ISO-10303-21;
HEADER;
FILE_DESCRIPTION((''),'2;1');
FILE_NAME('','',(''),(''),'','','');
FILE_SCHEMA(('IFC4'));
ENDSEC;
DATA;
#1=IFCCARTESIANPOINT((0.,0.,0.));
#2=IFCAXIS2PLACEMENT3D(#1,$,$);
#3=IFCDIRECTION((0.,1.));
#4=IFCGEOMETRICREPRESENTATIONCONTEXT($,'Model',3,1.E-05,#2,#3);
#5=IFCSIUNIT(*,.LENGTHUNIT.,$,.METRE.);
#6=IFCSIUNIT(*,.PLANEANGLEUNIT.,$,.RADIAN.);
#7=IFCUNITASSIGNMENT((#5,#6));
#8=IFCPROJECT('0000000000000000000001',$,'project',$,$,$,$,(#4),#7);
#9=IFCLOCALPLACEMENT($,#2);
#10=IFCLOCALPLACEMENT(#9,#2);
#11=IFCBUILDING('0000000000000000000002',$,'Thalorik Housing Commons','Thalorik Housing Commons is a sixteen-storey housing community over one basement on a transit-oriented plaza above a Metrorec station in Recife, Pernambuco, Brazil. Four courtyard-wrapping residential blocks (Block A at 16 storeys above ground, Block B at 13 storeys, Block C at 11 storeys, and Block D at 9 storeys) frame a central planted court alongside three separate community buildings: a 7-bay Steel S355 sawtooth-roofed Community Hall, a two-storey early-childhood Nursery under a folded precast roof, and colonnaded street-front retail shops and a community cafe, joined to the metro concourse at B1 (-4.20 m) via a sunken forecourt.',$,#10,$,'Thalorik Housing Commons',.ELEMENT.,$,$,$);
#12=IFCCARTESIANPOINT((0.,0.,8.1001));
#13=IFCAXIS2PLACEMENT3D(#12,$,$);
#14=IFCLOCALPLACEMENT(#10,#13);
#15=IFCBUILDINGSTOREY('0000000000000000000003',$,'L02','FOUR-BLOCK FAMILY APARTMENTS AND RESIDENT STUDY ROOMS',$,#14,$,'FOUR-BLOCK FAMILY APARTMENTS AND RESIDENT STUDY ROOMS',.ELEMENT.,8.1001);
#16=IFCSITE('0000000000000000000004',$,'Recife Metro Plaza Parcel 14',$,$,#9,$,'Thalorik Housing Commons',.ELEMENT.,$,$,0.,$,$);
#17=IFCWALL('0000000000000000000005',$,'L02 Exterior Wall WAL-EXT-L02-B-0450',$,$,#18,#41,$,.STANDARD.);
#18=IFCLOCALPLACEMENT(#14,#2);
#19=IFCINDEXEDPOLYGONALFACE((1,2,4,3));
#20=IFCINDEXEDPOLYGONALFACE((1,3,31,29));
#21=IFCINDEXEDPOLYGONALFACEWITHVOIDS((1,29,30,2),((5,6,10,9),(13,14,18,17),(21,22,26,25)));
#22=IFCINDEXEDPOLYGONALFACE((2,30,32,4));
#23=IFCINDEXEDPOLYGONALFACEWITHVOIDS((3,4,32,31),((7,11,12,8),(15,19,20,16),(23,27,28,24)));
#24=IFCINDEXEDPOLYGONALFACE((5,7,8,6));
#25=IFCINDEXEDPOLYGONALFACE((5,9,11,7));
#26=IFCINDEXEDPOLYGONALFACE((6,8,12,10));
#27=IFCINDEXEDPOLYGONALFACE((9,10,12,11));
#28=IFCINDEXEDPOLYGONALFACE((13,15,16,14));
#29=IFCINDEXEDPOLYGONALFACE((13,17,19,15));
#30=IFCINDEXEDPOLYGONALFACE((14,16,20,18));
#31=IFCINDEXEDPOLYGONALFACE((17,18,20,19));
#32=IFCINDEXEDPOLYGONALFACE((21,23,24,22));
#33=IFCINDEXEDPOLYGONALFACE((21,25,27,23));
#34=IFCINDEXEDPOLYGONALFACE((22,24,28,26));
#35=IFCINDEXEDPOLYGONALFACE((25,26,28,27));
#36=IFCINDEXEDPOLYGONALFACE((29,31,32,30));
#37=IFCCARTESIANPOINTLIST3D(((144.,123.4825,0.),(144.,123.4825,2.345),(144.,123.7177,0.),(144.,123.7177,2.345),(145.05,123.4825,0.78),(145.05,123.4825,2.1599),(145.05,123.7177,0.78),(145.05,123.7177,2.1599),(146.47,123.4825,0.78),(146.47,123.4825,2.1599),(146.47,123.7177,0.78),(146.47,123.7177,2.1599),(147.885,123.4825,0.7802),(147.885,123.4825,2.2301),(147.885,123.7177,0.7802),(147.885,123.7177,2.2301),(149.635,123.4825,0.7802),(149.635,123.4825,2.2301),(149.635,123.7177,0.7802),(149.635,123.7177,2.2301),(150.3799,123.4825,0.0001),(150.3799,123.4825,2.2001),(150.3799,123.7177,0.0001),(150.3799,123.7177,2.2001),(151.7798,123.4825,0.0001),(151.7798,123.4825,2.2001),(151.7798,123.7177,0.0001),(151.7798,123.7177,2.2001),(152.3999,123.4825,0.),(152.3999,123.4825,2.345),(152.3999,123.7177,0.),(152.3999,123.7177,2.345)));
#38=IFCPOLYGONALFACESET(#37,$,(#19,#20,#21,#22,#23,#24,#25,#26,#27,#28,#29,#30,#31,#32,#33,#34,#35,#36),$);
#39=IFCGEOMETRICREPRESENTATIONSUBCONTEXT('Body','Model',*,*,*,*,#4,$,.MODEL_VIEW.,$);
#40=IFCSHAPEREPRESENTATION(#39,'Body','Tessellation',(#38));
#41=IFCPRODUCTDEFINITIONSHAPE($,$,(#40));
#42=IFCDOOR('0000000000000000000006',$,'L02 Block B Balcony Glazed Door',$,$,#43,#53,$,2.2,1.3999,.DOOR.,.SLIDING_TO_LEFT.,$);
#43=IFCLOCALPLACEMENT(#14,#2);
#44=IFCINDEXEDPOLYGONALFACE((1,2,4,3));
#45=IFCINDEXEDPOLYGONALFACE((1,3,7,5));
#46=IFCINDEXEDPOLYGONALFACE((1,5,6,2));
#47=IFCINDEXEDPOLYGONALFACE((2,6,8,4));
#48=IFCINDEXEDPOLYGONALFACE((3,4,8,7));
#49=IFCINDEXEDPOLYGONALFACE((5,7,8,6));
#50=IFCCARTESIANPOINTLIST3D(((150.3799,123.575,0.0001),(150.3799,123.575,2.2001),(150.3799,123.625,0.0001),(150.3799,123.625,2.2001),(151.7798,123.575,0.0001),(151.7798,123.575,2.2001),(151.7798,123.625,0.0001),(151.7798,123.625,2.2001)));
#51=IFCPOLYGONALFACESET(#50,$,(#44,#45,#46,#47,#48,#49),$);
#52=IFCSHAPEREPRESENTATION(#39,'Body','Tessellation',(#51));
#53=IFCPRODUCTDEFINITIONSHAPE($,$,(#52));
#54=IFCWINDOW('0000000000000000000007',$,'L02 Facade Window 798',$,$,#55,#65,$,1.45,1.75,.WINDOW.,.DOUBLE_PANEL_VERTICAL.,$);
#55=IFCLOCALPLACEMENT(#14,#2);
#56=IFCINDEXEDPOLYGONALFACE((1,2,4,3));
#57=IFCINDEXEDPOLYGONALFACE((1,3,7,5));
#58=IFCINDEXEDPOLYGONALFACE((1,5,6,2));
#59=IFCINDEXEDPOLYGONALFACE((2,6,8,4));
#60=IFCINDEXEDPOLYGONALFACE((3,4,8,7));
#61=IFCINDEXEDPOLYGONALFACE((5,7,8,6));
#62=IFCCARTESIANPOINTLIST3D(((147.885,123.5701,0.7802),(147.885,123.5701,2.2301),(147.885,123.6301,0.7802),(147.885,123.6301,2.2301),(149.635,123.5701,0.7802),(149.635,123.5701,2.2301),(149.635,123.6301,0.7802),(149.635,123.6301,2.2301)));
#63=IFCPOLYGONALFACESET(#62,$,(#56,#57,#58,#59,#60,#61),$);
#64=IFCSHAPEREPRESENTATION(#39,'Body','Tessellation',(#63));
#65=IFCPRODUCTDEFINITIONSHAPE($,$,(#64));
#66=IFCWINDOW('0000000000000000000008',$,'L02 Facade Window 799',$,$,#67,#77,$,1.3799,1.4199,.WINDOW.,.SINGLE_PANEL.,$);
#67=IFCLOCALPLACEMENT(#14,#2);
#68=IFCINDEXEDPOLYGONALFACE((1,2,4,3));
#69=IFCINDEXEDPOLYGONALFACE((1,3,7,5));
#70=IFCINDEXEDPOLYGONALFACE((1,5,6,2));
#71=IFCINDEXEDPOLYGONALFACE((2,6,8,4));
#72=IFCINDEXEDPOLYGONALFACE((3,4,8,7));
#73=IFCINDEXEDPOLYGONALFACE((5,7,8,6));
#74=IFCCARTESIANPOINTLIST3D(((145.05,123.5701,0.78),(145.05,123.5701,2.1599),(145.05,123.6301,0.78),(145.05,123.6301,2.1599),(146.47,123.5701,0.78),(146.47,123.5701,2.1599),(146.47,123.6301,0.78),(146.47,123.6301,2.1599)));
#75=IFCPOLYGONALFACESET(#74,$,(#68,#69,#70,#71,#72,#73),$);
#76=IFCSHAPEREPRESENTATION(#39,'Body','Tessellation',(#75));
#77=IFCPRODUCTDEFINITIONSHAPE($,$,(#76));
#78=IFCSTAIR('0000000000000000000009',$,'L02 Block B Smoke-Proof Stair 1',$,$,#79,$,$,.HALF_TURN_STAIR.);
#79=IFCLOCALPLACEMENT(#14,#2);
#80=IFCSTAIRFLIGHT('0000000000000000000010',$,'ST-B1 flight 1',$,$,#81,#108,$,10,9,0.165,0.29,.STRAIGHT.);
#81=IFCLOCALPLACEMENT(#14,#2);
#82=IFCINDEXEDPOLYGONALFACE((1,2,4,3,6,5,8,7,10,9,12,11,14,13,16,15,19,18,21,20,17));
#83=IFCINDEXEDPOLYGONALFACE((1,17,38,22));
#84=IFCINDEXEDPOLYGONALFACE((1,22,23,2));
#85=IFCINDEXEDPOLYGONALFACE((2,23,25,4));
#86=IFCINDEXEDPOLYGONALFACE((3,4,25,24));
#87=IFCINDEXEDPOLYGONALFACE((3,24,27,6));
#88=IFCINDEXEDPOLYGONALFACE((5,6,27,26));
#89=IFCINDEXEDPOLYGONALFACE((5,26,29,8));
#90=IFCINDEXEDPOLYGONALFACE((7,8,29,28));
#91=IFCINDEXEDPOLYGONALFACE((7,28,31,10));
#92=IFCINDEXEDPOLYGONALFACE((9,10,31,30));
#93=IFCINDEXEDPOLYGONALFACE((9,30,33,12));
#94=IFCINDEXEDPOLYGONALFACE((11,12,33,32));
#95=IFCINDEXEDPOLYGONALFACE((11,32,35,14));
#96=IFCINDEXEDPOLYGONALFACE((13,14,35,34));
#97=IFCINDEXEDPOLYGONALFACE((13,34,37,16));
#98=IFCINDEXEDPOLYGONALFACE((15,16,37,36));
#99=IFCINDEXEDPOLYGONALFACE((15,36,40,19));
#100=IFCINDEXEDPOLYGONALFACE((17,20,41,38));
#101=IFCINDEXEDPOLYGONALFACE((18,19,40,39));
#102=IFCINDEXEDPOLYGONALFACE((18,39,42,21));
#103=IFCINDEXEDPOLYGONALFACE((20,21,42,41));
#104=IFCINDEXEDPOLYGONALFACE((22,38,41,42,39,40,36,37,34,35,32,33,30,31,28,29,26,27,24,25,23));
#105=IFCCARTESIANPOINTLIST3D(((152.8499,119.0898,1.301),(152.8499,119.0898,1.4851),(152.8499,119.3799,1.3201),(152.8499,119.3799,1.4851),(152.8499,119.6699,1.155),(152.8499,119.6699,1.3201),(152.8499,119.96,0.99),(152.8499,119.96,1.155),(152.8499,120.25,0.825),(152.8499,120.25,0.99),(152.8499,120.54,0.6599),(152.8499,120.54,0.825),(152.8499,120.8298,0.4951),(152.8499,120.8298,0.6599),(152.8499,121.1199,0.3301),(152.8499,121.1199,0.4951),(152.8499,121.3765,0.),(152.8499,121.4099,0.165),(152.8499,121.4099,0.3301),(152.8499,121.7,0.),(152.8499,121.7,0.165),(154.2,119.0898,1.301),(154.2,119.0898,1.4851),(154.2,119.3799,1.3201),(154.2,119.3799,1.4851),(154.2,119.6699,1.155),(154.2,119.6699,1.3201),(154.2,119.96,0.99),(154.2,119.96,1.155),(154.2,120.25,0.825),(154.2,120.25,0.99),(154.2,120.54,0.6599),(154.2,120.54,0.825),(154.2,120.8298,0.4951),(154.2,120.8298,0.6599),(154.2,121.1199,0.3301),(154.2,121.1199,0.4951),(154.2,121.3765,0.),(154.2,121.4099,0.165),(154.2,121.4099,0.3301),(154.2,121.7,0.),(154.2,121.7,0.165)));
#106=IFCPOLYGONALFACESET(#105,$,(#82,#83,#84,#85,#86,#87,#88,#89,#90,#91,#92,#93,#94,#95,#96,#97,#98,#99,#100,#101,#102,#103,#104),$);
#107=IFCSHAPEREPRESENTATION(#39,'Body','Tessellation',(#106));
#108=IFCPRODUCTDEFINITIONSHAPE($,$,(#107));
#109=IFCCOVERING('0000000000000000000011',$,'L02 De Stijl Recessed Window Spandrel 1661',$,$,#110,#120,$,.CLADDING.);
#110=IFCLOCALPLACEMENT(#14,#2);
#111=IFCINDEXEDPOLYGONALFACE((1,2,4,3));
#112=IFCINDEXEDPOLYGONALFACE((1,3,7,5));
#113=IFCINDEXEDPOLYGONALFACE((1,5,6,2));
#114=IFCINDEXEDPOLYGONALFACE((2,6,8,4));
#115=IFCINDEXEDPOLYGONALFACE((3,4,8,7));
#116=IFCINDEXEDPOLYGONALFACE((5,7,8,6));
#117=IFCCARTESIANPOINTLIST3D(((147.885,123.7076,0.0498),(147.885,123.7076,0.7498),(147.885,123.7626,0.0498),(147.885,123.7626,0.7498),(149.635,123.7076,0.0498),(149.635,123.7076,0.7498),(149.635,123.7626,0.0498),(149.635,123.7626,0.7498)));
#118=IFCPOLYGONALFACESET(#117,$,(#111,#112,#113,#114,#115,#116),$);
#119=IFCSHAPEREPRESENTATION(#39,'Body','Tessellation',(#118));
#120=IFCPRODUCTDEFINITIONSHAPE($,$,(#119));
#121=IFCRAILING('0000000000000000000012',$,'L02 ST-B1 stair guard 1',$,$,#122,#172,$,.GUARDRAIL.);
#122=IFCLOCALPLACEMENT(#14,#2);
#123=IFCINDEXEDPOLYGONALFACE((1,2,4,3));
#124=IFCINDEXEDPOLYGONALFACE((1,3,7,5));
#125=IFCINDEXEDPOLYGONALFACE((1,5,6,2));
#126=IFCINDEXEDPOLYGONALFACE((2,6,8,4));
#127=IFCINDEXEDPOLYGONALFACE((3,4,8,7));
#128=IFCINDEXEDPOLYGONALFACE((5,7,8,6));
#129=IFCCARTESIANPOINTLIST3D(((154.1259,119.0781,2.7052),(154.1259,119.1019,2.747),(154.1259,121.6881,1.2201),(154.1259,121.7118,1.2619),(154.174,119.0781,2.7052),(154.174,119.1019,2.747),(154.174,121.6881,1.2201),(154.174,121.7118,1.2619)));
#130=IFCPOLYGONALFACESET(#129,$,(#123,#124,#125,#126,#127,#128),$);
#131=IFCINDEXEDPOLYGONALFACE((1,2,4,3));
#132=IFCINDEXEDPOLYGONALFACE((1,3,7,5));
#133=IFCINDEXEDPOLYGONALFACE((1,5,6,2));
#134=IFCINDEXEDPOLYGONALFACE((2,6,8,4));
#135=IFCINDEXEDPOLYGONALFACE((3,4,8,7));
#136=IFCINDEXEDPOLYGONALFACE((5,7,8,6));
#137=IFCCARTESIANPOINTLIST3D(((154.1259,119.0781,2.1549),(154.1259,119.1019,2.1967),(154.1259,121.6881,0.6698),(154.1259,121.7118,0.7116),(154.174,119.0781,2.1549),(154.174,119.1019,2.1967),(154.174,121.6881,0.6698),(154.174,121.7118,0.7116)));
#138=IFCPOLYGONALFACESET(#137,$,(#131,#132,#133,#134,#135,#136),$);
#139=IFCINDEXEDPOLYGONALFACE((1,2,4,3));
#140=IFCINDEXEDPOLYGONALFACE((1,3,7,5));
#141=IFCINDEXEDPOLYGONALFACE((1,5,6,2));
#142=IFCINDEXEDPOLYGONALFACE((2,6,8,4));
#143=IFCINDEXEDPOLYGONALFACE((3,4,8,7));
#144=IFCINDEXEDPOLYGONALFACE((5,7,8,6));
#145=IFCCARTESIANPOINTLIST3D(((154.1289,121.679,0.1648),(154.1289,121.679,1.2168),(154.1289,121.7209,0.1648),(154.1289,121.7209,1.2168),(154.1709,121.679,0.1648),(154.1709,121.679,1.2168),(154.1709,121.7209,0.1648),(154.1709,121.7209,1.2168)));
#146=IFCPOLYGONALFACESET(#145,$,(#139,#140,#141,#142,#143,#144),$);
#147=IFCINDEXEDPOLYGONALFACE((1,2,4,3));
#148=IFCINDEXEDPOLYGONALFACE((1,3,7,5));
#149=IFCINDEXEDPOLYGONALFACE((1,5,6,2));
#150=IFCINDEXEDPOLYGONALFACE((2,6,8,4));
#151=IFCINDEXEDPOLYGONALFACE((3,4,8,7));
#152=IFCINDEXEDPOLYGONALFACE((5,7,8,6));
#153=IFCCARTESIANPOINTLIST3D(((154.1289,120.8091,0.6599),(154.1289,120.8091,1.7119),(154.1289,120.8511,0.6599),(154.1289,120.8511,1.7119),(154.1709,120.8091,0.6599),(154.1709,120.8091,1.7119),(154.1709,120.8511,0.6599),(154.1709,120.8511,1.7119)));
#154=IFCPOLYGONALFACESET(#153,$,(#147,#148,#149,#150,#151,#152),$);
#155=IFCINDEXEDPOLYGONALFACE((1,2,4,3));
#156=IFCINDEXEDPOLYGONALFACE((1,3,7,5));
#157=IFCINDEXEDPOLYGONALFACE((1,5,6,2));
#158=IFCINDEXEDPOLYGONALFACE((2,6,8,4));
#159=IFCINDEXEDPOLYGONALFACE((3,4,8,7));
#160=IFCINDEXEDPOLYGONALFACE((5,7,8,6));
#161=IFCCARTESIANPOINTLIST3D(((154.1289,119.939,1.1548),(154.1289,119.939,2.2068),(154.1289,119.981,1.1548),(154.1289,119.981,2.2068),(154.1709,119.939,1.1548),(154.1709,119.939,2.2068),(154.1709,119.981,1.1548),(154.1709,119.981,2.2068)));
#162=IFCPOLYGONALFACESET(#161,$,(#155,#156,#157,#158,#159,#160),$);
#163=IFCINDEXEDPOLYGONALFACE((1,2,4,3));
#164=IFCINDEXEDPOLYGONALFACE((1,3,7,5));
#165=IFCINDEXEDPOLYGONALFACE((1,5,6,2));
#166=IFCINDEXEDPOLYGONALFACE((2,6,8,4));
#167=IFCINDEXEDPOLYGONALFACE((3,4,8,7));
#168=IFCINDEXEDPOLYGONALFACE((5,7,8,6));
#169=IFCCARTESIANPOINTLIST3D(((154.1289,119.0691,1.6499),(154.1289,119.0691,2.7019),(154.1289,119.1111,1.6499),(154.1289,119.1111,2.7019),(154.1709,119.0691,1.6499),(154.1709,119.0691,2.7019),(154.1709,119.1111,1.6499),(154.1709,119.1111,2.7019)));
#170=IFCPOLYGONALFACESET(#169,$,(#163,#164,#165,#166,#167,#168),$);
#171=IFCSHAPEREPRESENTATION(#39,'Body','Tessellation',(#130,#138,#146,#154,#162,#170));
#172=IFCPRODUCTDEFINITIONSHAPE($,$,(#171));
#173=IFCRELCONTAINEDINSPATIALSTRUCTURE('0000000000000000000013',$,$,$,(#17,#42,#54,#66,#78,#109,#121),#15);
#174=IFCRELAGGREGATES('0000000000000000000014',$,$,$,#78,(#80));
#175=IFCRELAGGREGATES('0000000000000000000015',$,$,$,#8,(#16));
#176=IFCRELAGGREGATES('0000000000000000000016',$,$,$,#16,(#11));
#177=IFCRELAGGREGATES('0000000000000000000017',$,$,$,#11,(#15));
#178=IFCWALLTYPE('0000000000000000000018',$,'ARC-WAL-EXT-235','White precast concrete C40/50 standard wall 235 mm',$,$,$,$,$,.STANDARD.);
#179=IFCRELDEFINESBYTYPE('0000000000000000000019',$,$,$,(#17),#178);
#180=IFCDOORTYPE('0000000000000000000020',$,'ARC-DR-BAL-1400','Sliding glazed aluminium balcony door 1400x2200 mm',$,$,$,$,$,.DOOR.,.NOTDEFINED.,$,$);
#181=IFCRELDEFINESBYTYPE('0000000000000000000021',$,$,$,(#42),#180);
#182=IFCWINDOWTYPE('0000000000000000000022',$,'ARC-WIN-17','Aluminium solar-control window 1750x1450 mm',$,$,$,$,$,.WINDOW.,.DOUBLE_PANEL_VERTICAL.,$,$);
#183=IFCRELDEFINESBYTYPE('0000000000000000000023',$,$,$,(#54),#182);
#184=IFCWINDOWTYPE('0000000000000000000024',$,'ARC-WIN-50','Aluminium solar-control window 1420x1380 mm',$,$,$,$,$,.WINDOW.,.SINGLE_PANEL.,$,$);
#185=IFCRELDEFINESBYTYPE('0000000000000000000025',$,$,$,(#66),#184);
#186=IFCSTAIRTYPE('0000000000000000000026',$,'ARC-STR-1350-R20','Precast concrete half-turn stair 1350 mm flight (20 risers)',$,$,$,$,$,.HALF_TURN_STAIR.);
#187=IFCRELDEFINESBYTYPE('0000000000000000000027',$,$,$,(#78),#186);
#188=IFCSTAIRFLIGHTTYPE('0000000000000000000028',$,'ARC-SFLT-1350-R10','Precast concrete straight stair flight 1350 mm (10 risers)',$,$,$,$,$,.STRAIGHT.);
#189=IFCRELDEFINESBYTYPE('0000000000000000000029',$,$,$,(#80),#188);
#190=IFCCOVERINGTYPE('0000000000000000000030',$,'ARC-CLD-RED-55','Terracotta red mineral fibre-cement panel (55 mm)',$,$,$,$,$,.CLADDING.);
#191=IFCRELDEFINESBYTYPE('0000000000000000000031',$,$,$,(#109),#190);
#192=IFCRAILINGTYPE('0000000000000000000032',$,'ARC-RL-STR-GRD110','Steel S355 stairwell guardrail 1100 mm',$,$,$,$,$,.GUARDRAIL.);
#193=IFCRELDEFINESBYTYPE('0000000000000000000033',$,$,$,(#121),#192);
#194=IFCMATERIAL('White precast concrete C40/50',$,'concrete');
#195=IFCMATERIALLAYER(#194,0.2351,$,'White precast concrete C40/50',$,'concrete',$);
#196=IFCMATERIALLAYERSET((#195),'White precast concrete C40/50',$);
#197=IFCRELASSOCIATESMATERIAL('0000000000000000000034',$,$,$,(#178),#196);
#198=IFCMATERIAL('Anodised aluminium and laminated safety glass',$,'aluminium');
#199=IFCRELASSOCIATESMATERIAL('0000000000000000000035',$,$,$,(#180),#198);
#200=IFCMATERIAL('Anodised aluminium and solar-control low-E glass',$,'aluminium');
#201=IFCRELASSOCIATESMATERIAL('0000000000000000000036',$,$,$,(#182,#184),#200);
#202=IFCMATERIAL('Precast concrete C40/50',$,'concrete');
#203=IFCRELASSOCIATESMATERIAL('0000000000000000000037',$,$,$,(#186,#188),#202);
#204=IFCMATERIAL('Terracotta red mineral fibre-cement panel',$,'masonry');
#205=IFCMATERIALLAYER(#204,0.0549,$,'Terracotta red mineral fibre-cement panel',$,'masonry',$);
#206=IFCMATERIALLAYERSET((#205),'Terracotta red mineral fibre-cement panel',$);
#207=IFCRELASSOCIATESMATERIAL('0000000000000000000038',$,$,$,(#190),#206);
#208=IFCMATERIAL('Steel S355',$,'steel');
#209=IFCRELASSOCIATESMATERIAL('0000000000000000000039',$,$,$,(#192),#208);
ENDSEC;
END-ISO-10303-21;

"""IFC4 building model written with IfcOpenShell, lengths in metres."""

from ifc_helpers import new_model, si_unit, direction, frame, frame_2d, origin, origin_2d, place, context, subcontext, project, spatial, polyline, rectangle, outline, extrude, material, layer, layer_set, type_object, element, fill, aggregate, save


model = new_model("IFC4")

# Units and contexts
model_context = context("Model", 3, precision=1e-05, world=origin(), true_north=direction((0.0, 1.0)))
body_context = subcontext(model_context, "Body", "Model", "MODEL_VIEW")
ifc_project = project(units=[si_unit("LENGTHUNIT", "METRE"), si_unit("PLANEANGLEUNIT", "RADIAN")], contexts=[model_context])

# Site, building, storey
site_placement = place(None, origin())
site = spatial("IfcSite", under=ifc_project, at=site_placement, Name="Recife Metro Plaza Parcel 14", LongName="Thalorik Housing Commons", CompositionType="ELEMENT", RefElevation=0.0)
building_placement = place(site_placement, origin())
building = spatial("IfcBuilding", under=site, at=building_placement, Name="Thalorik Housing Commons", Description="Thalorik Housing Commons is a sixteen-storey housing community over one basement on a transit-oriented plaza above a Metrorec station in Recife, Pernambuco, Brazil. Four courtyard-wrapping residential blocks (Block A at 16 storeys above ground, Block B at 13 storeys, Block C at 11 storeys, and Block D at 9 storeys) frame a central planted court alongside three separate community buildings: a 7-bay Steel S355 sawtooth-roofed Community Hall, a two-storey early-childhood Nursery under a folded precast roof, and colonnaded street-front retail shops and a community cafe, joined to the metro concourse at B1 (-4.20 m) via a sunken forecourt.", LongName="Thalorik Housing Commons", CompositionType="ELEMENT")
storey_placement = place(building_placement, frame((0.0, 0.0, 8.1001)))
storey = spatial("IfcBuildingStorey", under=building, at=storey_placement, Name="L02", Description="FOUR-BLOCK FAMILY APARTMENTS AND RESIDENT STUDY ROOMS", LongName="FOUR-BLOCK FAMILY APARTMENTS AND RESIDENT STUDY ROOMS", CompositionType="ELEMENT", Elevation=8.1001)

# Shared definitions
ifc_material_1 = material(Name="Precast concrete C40/50", Category="concrete")

# Shared definitions
ifc_material_2 = material(Name="Anodised aluminium and solar-control low-E glass", Category="aluminium")

# Shared definitions
ifc_material_3 = material(Name="Steel S355", Category="steel")

# Shared definitions
ifc_material_4 = material(Name="White precast concrete C40/50", Category="concrete")
ifc_layer_1 = layer(ifc_material_4, 0.2351, Name="White precast concrete C40/50", Category="concrete")
ifc_layer_set_1 = layer_set([ifc_layer_1], Name="White precast concrete C40/50")
wall_type_1 = type_object("IfcWallType", Name="ARC-WAL-EXT-235", Description="White precast concrete C40/50 standard wall 235 mm", PredefinedType="STANDARD", material=ifc_layer_set_1)

# Wall, openings, door, windows
wall_1_placement = place(storey_placement, frame((152.3999, 123.6001, 0.0), z_axis=(0.0, 0.0, 1.0), x_axis=(-1.0, 0.0, 0.0)))
wall_1 = element("IfcWall", 1, at=wall_1_placement, inside=storey, type_object=wall_type_1, Name="L02 Exterior Wall WAL-EXT-L02-B-0450", PredefinedType="STANDARD", context=body_context, shape_type="SweptSolid", body=[
    extrude(rectangle(XDim=8.3999, YDim=0.2351, at=frame_2d((4.2, 0.0))), origin(), (0.0, 0.0, 1.0), 2.345),
])
opening_1_placement = place(wall_1_placement, frame((0.6201, 0.0, 0.0)))
opening_1 = element("IfcOpeningElement", 2, at=opening_1_placement, cuts=wall_1, PredefinedType="OPENING", context=body_context, shape_type="SweptSolid", body=[
    extrude(rectangle(XDim=1.3999, YDim=2.2, at=frame_2d((0.7, 1.1001))), frame((0.0, 0.1274, 0.0), z_axis=(0.0, -1.0, 0.0), x_axis=(1.0, 0.0, 0.0)), (0.0, 0.0, 1.0), 0.2551),
])
opening_2_placement = place(wall_1_placement, frame((2.7649, 0.0, 0.78)))
opening_2 = element("IfcOpeningElement", 3, at=opening_2_placement, cuts=wall_1, PredefinedType="OPENING", context=body_context, shape_type="SweptSolid", body=[
    extrude(rectangle(XDim=1.75, YDim=1.45, at=frame_2d((0.875, 0.7251))), frame((0.0, 0.1274, 0.0), z_axis=(0.0, -1.0, 0.0), x_axis=(1.0, 0.0, 0.0)), (0.0, 0.0, 1.0), 0.2551),
])
opening_3_placement = place(wall_1_placement, frame((5.9299, 0.0, 0.78)))
opening_3 = element("IfcOpeningElement", 4, at=opening_3_placement, cuts=wall_1, PredefinedType="OPENING", context=body_context, shape_type="SweptSolid", body=[
    extrude(rectangle(XDim=1.4199, YDim=1.3799, at=frame_2d((0.71, 0.6899))), frame((0.0, 0.1274, 0.0), z_axis=(0.0, -1.0, 0.0), x_axis=(1.0, 0.0, 0.0)), (0.0, 0.0, 1.0), 0.2551),
])
ifc_material_5 = material(Name="Anodised aluminium and laminated safety glass", Category="aluminium")
door_type_1 = type_object("IfcDoorType", Name="ARC-DR-BAL-1400", Description="Sliding glazed aluminium balcony door 1400x2200 mm", OperationType="NOTDEFINED", PredefinedType="DOOR", material=ifc_material_5)
door_1_placement = place(opening_1_placement, frame((1.3999, 0.0, 0.0), z_axis=(0.0, 0.0, 1.0), x_axis=(-1.0, 0.0, 0.0)))
door_1 = element("IfcDoor", 5, at=door_1_placement, inside=storey, type_object=door_type_1, Name="L02 Block B Balcony Glazed Door", OperationType="SLIDING_TO_LEFT", OverallHeight=2.2, OverallWidth=1.3999, PredefinedType="DOOR", context=body_context, shape_type="SweptSolid", body=[
    extrude(rectangle(XDim=1.3999, YDim=2.2, at=frame_2d((0.7, 1.1001))), frame((0.0, 0.0249, 0.0), z_axis=(0.0, -1.0, 0.0), x_axis=(1.0, 0.0, 0.0)), (0.0, 0.0, 1.0), 0.05),
])
fill(opening_1, door_1)
window_type_1 = type_object("IfcWindowType", Name="ARC-WIN-17", Description="Aluminium solar-control window 1750x1450 mm", PartitioningType="DOUBLE_PANEL_VERTICAL", PredefinedType="WINDOW", material=ifc_material_2)
window_1_placement = place(opening_2_placement, origin())
window_1 = element("IfcWindow", 6, at=window_1_placement, inside=storey, type_object=window_type_1, Name="L02 Facade Window 798", OverallHeight=1.45, OverallWidth=1.75, PartitioningType="DOUBLE_PANEL_VERTICAL", PredefinedType="WINDOW", context=body_context, shape_type="SweptSolid", body=[
    extrude(rectangle(XDim=1.75, YDim=1.45, at=frame_2d((0.875, 0.7251))), frame((0.0, 0.03, 0.0), z_axis=(0.0, -1.0, 0.0), x_axis=(1.0, 0.0, 0.0)), (0.0, 0.0, 1.0), 0.0601),
])
fill(opening_2, window_1)
window_type_2 = type_object("IfcWindowType", Name="ARC-WIN-50", Description="Aluminium solar-control window 1420x1380 mm", PartitioningType="SINGLE_PANEL", PredefinedType="WINDOW", material=ifc_material_2)
window_2_placement = place(opening_3_placement, origin())
window_2 = element("IfcWindow", 7, at=window_2_placement, inside=storey, type_object=window_type_2, Name="L02 Facade Window 799", OverallHeight=1.3799, OverallWidth=1.4199, PartitioningType="SINGLE_PANEL", PredefinedType="WINDOW", context=body_context, shape_type="SweptSolid", body=[
    extrude(rectangle(XDim=1.4199, YDim=1.3799, at=frame_2d((0.71, 0.6899))), frame((0.0, 0.03, 0.0), z_axis=(0.0, -1.0, 0.0), x_axis=(1.0, 0.0, 0.0)), (0.0, 0.0, 1.0), 0.0601),
])
fill(opening_3, window_2)

# Stair, stair flight
stair_type = type_object("IfcStairType", Name="ARC-STR-1350-R20", Description="Precast concrete half-turn stair 1350 mm flight (20 risers)", PredefinedType="HALF_TURN_STAIR", material=ifc_material_1)
stair_placement = place(storey_placement, origin())
stair = element("IfcStair", 8, at=stair_placement, inside=storey, type_object=stair_type, Name="L02 Block B Smoke-Proof Stair 1", PredefinedType="HALF_TURN_STAIR")
stair_flight_type = type_object("IfcStairFlightType", Name="ARC-SFLT-1350-R10", Description="Precast concrete straight stair flight 1350 mm (10 risers)", PredefinedType="STRAIGHT", material=ifc_material_1)
stair_flight_placement = place(storey_placement, frame((153.5249, 121.7, 0.0), z_axis=(0.0, 0.0, 1.0), x_axis=(0.0, -1.0, 0.0)))
stair_flight = element("IfcStairFlight", 9, at=stair_flight_placement, type_object=stair_flight_type, Name="ST-B1 flight 1", NumberOfRisers=10, NumberOfTreads=9, PredefinedType="STRAIGHT", RiserHeight=0.165, TreadLength=0.29, context=body_context, shape_type="SweptSolid", body=[
    extrude(outline(polyline([(0.0, 0.0), (0.0, 0.165), (0.29, 0.165), (0.29, 0.3301), (0.5801, 0.3301), (0.5801, 0.4951), (0.8701, 0.4951), (0.8701, 0.6599), (1.1599, 0.6599), (1.1599, 0.825), (1.45, 0.825), (1.45, 0.99), (1.74, 0.99), (1.74, 1.155), (2.03, 1.155), (2.03, 1.3201), (2.3201, 1.3201), (2.3201, 1.4851), (2.6101, 1.4851), (2.6101, 1.6499), (2.6101, 1.301), (0.3235, 0.0), (0.0, 0.0)])), frame((0.0, 0.675, 0.0), z_axis=(0.0, -1.0, 0.0), x_axis=(1.0, 0.0, 0.0)), (0.0, 0.0, 1.0), 1.3501),
])
aggregate(stair, [stair_flight])

# Covering
ifc_material_6 = material(Name="Terracotta red mineral fibre-cement panel", Category="masonry")
ifc_layer_2 = layer(ifc_material_6, 0.0549, Name="Terracotta red mineral fibre-cement panel", Category="masonry")
ifc_layer_set_2 = layer_set([ifc_layer_2], Name="Terracotta red mineral fibre-cement panel")
covering_type_1 = type_object("IfcCoveringType", Name="ARC-CLD-RED-55", Description="Terracotta red mineral fibre-cement panel (55 mm)", PredefinedType="CLADDING", material=ifc_layer_set_2)
covering_1_placement = place(storey_placement, frame((148.76, 123.7351, 0.0498), z_axis=(0.0, 0.0, 1.0), x_axis=(-1.0, 0.0, 0.0)))
element("IfcCovering", 10, at=covering_1_placement, inside=storey, type_object=covering_type_1, Name="L02 De Stijl Recessed Window Spandrel 1661", PredefinedType="CLADDING", context=body_context, shape_type="SweptSolid", body=[
    extrude(rectangle(XDim=1.75, YDim=0.0549, at=origin_2d()), origin(), (0.0, 0.0, 1.0), 0.7),
])

# Railing
railing_type_1 = type_object("IfcRailingType", Name="ARC-RL-STR-GRD110", Description="Steel S355 stairwell guardrail 1100 mm", PredefinedType="GUARDRAIL", material=ifc_material_3)
railing_1_placement = place(storey_placement, frame((154.1499, 121.7, 0.1648)))
element("IfcRailing", 11, at=railing_1_placement, inside=storey, type_object=railing_type_1, Name="L02 ST-B1 stair guard 1", PredefinedType="GUARDRAIL", context=body_context, shape_type="SweptSolid", body=[
    extrude(rectangle(XDim=0.0481, YDim=0.0481, at=origin_2d()), frame((0.0, 0.0, 1.0762), z_axis=(0.0, -0.869137, 0.494571), x_axis=(1.0, 0.0, 0.0)), (0.0, 0.0, 1.0), 3.0029),
    extrude(rectangle(XDim=0.0481, YDim=0.0481, at=origin_2d()), frame((0.0, 0.0, 0.5259), z_axis=(0.0, -0.869137, 0.494571), x_axis=(1.0, 0.0, 0.0)), (0.0, 0.0, 1.0), 3.0029),
    extrude(rectangle(XDim=0.042, YDim=0.042, at=origin_2d()), origin(), (0.0, 0.0, 1.0), 1.052),
    extrude(rectangle(XDim=0.042, YDim=0.042, at=origin_2d()), frame((0.0, -0.8699, 0.4951)), (0.0, 0.0, 1.0), 1.052),
    extrude(rectangle(XDim=0.042, YDim=0.042, at=origin_2d()), frame((0.0, -1.74, 0.99)), (0.0, 0.0, 1.0), 1.052),
    extrude(rectangle(XDim=0.042, YDim=0.042, at=origin_2d()), frame((0.0, -2.6099, 1.4851)), (0.0, 0.0, 1.0), 1.052),
])

save(model, "model.ifc")
